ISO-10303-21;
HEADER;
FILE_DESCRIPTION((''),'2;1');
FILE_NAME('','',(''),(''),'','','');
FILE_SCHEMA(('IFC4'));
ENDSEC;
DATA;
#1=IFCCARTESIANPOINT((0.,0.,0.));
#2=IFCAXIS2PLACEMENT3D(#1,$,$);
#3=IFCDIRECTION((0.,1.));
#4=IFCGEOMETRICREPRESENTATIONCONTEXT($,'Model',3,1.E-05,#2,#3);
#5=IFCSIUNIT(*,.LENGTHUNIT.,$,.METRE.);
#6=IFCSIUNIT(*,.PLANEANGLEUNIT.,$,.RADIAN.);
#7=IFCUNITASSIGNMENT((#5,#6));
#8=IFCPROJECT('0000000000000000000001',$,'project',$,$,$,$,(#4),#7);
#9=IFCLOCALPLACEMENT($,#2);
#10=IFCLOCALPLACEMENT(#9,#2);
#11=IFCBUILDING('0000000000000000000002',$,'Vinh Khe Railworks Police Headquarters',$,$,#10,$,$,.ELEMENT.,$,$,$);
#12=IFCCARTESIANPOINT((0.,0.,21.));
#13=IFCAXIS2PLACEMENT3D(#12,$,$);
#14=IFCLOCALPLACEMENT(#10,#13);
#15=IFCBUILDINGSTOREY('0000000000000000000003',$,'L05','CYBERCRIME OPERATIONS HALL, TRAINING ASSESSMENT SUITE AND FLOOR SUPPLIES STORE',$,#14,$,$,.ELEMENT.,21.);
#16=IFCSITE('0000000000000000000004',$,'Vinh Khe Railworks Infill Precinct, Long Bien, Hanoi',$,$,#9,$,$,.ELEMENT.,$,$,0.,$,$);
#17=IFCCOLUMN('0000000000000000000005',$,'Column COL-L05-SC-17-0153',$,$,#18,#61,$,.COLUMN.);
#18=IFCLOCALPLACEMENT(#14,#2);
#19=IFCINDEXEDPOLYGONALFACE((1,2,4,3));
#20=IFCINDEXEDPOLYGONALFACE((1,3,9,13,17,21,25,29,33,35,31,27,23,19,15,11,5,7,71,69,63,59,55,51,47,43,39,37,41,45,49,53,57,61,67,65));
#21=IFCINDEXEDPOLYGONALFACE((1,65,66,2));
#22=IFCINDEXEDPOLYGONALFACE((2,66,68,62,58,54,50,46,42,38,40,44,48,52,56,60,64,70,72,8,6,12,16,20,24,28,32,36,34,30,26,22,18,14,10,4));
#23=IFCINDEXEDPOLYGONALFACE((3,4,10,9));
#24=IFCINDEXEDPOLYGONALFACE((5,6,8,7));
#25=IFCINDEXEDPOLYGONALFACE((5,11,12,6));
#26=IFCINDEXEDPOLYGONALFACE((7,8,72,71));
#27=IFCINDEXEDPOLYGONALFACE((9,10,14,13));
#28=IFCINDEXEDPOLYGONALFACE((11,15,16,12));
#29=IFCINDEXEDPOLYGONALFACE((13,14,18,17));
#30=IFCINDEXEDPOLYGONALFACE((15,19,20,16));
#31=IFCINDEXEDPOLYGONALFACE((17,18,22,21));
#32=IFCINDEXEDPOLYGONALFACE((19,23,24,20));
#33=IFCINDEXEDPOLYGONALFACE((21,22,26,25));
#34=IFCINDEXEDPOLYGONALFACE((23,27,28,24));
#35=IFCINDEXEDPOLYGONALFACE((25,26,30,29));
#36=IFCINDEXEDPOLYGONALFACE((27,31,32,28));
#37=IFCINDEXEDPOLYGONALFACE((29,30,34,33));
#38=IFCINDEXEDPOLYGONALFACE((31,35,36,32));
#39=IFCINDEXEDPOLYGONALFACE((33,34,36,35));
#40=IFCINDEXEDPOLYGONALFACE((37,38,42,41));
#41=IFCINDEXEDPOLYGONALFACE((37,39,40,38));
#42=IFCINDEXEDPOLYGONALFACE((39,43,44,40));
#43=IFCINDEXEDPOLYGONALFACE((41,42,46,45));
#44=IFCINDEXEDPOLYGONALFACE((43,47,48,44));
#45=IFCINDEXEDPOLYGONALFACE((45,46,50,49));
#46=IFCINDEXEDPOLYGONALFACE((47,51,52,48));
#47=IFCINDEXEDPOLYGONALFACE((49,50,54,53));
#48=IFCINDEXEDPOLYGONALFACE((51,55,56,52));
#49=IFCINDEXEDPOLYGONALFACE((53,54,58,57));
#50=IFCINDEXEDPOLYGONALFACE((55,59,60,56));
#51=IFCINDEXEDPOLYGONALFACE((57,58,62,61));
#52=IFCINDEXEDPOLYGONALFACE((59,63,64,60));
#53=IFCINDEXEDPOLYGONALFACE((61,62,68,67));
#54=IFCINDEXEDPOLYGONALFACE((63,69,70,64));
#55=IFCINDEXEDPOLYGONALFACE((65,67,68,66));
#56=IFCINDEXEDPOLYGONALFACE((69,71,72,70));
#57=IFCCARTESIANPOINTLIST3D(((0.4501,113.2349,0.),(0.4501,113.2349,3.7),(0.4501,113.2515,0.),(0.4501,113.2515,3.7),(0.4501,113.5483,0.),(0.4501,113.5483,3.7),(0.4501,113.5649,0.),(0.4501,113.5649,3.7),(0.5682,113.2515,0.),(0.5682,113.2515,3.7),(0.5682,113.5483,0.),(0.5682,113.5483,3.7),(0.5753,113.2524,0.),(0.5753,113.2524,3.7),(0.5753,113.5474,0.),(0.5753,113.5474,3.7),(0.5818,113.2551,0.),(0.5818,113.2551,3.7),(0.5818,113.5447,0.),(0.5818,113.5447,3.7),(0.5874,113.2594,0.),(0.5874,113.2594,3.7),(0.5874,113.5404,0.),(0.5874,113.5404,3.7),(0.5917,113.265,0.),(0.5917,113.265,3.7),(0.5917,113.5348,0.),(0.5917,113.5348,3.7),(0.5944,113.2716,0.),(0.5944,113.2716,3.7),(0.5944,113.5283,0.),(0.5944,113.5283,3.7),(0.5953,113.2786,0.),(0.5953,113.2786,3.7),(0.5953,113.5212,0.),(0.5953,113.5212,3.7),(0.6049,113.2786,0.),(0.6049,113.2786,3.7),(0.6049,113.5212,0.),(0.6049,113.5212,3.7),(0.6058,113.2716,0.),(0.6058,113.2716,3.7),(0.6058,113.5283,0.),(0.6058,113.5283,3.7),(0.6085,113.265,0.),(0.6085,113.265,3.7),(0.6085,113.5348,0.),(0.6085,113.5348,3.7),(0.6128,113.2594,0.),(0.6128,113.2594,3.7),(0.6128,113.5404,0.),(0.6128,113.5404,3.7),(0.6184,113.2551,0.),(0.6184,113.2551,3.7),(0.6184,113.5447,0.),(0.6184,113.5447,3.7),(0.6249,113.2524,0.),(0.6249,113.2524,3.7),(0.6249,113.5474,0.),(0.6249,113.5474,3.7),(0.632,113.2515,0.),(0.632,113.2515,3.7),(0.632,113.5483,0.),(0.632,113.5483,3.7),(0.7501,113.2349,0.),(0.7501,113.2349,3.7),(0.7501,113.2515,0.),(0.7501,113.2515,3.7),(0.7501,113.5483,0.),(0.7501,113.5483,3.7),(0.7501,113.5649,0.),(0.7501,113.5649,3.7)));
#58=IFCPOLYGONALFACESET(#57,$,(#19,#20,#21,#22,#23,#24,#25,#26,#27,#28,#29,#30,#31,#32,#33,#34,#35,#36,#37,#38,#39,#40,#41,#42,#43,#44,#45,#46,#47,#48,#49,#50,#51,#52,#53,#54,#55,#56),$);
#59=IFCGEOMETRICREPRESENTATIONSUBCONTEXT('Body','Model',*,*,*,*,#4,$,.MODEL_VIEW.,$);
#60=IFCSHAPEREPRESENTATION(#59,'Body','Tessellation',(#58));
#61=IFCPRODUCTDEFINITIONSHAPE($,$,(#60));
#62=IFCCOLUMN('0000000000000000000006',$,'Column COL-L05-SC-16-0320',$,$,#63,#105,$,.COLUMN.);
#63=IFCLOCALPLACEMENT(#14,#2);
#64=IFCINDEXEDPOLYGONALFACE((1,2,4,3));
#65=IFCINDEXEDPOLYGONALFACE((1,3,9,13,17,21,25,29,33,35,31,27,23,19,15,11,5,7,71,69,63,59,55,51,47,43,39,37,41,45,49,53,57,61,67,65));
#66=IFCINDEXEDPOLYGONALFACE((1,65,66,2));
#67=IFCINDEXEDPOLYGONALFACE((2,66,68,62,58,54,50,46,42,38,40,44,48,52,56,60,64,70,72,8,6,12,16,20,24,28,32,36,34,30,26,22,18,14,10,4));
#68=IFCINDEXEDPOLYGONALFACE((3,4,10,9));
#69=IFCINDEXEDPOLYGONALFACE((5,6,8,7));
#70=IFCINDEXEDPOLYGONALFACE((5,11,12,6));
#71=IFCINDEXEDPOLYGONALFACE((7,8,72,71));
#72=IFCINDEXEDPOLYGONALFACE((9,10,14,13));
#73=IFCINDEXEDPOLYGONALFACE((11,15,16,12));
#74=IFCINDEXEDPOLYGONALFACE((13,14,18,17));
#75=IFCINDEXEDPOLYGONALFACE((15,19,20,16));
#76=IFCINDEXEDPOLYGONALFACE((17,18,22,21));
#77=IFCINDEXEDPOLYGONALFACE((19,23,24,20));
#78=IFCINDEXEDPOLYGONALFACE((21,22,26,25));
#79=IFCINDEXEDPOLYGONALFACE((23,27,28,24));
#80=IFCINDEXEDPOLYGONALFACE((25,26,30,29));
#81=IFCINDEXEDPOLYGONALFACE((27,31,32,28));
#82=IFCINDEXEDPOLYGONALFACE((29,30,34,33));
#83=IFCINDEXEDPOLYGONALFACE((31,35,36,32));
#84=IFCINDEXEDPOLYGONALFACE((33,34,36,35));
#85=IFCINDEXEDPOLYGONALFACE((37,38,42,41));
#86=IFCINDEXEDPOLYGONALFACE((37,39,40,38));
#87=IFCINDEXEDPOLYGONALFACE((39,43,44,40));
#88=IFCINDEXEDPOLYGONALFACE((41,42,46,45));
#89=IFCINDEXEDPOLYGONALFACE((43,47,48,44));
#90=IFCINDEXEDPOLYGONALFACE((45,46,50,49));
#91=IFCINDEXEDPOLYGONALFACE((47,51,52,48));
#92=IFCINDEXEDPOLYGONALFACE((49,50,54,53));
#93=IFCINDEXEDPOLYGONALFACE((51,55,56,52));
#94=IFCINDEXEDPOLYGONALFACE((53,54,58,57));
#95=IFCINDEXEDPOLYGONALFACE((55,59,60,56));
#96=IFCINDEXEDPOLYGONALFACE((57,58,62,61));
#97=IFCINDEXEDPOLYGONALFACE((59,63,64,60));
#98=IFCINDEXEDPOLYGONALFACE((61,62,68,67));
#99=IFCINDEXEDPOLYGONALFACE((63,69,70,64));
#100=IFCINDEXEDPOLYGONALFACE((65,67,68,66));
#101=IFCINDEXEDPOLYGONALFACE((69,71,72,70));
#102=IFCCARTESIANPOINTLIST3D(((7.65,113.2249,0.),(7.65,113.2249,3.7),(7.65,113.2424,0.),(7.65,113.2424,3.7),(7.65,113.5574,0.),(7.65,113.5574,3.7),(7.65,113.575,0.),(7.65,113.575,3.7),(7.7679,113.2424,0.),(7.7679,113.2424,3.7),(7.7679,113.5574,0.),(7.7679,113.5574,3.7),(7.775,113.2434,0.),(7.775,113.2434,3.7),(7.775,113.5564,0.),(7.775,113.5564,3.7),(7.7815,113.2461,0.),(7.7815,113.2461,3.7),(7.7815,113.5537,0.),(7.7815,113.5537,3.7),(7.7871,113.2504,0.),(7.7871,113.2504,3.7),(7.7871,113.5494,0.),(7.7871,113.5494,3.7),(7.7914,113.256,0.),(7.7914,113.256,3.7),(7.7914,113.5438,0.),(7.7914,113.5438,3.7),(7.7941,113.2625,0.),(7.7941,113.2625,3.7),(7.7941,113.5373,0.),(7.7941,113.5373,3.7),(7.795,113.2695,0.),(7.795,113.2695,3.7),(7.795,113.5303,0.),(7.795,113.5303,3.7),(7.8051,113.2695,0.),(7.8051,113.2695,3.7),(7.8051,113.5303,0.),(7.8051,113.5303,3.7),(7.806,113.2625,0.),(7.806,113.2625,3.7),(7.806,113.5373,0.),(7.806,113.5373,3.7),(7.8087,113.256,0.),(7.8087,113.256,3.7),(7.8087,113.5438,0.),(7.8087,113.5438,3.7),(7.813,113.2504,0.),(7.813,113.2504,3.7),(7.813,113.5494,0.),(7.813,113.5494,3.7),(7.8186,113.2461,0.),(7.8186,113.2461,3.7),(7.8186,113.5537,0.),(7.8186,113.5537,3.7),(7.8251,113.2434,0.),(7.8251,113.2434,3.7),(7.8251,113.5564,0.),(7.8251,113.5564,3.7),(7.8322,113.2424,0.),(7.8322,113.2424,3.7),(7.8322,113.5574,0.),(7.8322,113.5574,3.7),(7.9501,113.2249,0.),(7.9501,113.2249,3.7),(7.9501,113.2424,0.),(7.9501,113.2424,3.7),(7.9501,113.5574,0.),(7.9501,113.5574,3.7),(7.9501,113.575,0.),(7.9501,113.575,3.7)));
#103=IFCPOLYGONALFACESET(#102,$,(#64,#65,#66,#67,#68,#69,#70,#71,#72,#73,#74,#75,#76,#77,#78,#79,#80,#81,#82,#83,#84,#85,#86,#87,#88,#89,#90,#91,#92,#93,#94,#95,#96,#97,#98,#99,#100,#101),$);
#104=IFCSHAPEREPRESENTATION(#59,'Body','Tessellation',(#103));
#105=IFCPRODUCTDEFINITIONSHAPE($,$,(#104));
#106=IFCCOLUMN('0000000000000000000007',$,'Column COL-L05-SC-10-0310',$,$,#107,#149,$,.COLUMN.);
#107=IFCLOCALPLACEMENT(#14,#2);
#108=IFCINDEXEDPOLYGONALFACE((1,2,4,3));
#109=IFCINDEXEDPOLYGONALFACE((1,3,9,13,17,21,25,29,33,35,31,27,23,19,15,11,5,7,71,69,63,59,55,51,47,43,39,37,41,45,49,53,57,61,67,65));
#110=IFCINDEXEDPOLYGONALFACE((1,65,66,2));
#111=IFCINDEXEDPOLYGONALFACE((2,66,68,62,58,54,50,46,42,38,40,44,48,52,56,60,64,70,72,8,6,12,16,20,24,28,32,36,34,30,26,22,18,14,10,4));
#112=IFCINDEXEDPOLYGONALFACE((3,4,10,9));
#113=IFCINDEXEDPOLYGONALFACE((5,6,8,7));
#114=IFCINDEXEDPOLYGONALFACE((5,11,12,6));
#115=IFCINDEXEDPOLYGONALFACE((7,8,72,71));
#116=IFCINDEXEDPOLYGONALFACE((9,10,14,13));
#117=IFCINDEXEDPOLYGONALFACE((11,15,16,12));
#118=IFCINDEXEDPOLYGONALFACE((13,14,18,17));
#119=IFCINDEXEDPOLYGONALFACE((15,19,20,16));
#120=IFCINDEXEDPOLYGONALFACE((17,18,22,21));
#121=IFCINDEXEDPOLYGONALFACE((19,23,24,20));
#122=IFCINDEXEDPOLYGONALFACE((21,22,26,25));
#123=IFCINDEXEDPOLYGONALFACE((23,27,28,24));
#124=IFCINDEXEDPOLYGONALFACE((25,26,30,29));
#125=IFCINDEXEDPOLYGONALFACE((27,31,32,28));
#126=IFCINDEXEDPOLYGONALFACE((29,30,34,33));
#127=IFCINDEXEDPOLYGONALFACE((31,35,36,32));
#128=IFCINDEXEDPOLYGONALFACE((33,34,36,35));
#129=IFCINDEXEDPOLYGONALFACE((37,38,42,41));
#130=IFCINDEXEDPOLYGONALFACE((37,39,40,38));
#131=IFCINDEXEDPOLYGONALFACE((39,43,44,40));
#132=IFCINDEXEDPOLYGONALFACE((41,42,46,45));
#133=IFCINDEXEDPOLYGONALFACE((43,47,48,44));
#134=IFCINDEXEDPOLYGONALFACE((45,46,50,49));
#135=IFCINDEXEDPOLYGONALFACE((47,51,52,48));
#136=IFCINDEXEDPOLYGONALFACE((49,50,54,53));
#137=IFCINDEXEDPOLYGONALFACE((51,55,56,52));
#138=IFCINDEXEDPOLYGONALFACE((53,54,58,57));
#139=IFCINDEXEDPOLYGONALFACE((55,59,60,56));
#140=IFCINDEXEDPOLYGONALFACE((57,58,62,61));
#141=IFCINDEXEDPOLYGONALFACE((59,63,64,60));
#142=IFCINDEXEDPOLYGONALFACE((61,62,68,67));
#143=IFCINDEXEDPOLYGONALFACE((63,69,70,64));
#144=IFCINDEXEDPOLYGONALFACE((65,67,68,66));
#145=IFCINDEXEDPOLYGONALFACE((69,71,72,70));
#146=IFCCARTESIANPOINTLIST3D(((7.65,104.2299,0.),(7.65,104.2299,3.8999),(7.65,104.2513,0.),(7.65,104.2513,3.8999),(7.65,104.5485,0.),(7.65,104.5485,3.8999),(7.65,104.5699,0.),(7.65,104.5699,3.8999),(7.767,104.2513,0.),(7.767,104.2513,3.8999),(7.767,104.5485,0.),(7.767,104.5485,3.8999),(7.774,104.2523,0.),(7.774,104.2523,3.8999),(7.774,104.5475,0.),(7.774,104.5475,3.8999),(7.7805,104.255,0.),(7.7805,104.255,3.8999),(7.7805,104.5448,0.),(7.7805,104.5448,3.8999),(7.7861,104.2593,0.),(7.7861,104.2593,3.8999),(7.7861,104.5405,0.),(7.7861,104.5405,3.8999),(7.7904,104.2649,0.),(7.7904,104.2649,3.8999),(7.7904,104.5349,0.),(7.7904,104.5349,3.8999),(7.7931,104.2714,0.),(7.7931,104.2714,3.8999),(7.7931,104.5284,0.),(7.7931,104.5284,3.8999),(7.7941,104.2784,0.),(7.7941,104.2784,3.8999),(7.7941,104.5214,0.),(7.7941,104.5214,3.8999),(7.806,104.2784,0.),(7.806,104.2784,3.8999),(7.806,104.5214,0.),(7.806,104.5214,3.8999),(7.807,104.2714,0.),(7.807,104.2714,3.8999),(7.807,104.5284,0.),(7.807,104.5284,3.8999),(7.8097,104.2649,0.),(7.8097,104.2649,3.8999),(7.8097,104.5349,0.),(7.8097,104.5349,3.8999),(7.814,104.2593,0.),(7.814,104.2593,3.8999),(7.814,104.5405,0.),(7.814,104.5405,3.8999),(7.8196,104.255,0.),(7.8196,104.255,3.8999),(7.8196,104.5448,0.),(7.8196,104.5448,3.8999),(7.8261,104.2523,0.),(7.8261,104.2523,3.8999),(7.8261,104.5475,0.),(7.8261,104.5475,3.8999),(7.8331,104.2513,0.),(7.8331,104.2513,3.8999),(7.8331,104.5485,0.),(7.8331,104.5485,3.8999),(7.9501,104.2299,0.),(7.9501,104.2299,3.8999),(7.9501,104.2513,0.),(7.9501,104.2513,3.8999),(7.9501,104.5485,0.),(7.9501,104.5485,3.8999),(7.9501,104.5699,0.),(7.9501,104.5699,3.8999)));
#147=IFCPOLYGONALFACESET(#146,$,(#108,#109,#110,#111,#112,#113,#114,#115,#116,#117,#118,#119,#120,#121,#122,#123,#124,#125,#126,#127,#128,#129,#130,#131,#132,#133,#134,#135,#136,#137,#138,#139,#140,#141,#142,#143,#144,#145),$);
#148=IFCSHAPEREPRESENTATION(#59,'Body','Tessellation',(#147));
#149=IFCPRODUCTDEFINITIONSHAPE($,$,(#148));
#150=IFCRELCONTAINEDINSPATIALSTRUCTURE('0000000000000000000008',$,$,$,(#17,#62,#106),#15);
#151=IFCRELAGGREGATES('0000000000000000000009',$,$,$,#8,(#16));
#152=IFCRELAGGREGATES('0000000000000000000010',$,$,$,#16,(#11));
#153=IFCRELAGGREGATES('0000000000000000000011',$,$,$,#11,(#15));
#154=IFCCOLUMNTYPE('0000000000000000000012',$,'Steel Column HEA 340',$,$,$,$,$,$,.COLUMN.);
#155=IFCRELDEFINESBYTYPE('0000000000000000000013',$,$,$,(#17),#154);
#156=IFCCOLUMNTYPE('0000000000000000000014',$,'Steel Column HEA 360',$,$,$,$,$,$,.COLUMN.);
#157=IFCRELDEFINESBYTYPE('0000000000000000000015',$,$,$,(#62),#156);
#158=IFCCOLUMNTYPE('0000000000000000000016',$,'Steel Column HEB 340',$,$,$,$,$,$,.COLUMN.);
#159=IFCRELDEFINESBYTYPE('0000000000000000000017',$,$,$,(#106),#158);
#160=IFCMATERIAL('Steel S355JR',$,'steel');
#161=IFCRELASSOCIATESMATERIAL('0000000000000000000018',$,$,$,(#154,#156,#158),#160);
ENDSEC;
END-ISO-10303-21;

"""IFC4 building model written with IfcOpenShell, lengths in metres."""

from ifc_helpers import new_model, si_unit, direction, frame, origin, origin_2d, place, context, subcontext, project, spatial, i_section, extrude, material, material_profile, profile_set, type_object, element, save


model = new_model("IFC4")

# Units and contexts
model_context = context("Model", 3, precision=1e-05, world=origin(), true_north=direction((0.0, 1.0)))
body_context = subcontext(model_context, "Body", "Model", "MODEL_VIEW")
ifc_project = project(units=[si_unit("LENGTHUNIT", "METRE"), si_unit("PLANEANGLEUNIT", "RADIAN")], contexts=[model_context])

# Site, building, storey
site_placement = place(None, origin())
site = spatial("IfcSite", under=ifc_project, at=site_placement, Name="Vinh Khe Railworks Infill Precinct, Long Bien, Hanoi", CompositionType="ELEMENT", RefElevation=0.0)
building_placement = place(site_placement, origin())
building = spatial("IfcBuilding", under=site, at=building_placement, Name="Vinh Khe Railworks Police Headquarters", CompositionType="ELEMENT")
storey_placement = place(building_placement, frame((0.0, 0.0, 21.0)))
storey = spatial("IfcBuildingStorey", under=building, at=storey_placement, Name="L05", Description="CYBERCRIME OPERATIONS HALL, TRAINING ASSESSMENT SUITE AND FLOOR SUPPLIES STORE", CompositionType="ELEMENT", Elevation=21.0)

# Columns
ifc_material_1 = material(Name="Steel S355JR", Category="steel")
ifc_material_profile_1 = material_profile(ifc_material_1, i_section(OverallWidth=0.3, OverallDepth=0.3301, WebThickness=0.0095, FlangeThickness=0.0166, FilletRadius=0.0271, at=origin_2d()), Name="HEA 340")
ifc_profile_set_1 = profile_set([ifc_material_profile_1], Name="Steel S355JR")
column_type_1 = type_object("IfcColumnType", Name="Steel Column HEA 340", PredefinedType="COLUMN", material=ifc_profile_set_1)
column_1_placement = place(storey_placement, frame((0.6001, 113.3999, 0.0), z_axis=(0.0, 0.0, 1.0), x_axis=(1.0, 0.0, 0.0)))
element("IfcColumn", 1, at=column_1_placement, inside=storey, type_object=column_type_1, Name="Column COL-L05-SC-17-0153", PredefinedType="COLUMN", context=body_context, shape_type="SweptSolid", body=[
    extrude(i_section(OverallWidth=0.3, OverallDepth=0.3301, WebThickness=0.0095, FlangeThickness=0.0166, FilletRadius=0.0271, at=origin_2d()), origin(), (0.0, 0.0, 1.0), 3.7),
])
ifc_material_profile_2 = material_profile(ifc_material_1, i_section(OverallWidth=0.3, OverallDepth=0.3501, WebThickness=0.01, FlangeThickness=0.0176, FilletRadius=0.0271, at=origin_2d()), Name="HEA 360")
ifc_profile_set_2 = profile_set([ifc_material_profile_2], Name="Steel S355JR")
column_type_2 = type_object("IfcColumnType", Name="Steel Column HEA 360", PredefinedType="COLUMN", material=ifc_profile_set_2)
column_2_placement = place(storey_placement, frame((7.8, 113.3999, 0.0), z_axis=(0.0, 0.0, 1.0), x_axis=(1.0, 0.0, 0.0)))
element("IfcColumn", 2, at=column_2_placement, inside=storey, type_object=column_type_2, Name="Column COL-L05-SC-16-0320", PredefinedType="COLUMN", context=body_context, shape_type="SweptSolid", body=[
    extrude(i_section(OverallWidth=0.3, OverallDepth=0.3501, WebThickness=0.01, FlangeThickness=0.0176, FilletRadius=0.0271, at=origin_2d()), origin(), (0.0, 0.0, 1.0), 3.7),
])
ifc_material_profile_3 = material_profile(ifc_material_1, i_section(OverallWidth=0.3, OverallDepth=0.3401, WebThickness=0.012, FlangeThickness=0.0215, FilletRadius=0.0271, at=origin_2d()), Name="HEB 340")
ifc_profile_set_3 = profile_set([ifc_material_profile_3], Name="Steel S355JR")
column_type_3 = type_object("IfcColumnType", Name="Steel Column HEB 340", PredefinedType="COLUMN", material=ifc_profile_set_3)
column_3_placement = place(storey_placement, frame((7.8, 104.3999, 0.0), z_axis=(0.0, 0.0, 1.0), x_axis=(1.0, 0.0, 0.0)))
element("IfcColumn", 3, at=column_3_placement, inside=storey, type_object=column_type_3, Name="Column COL-L05-SC-10-0310", PredefinedType="COLUMN", context=body_context, shape_type="SweptSolid", body=[
    extrude(i_section(OverallWidth=0.3, OverallDepth=0.3401, WebThickness=0.012, FlangeThickness=0.0215, FilletRadius=0.0271, at=origin_2d()), origin(), (0.0, 0.0, 1.0), 3.8999),
])

save(model, "model.ifc")
